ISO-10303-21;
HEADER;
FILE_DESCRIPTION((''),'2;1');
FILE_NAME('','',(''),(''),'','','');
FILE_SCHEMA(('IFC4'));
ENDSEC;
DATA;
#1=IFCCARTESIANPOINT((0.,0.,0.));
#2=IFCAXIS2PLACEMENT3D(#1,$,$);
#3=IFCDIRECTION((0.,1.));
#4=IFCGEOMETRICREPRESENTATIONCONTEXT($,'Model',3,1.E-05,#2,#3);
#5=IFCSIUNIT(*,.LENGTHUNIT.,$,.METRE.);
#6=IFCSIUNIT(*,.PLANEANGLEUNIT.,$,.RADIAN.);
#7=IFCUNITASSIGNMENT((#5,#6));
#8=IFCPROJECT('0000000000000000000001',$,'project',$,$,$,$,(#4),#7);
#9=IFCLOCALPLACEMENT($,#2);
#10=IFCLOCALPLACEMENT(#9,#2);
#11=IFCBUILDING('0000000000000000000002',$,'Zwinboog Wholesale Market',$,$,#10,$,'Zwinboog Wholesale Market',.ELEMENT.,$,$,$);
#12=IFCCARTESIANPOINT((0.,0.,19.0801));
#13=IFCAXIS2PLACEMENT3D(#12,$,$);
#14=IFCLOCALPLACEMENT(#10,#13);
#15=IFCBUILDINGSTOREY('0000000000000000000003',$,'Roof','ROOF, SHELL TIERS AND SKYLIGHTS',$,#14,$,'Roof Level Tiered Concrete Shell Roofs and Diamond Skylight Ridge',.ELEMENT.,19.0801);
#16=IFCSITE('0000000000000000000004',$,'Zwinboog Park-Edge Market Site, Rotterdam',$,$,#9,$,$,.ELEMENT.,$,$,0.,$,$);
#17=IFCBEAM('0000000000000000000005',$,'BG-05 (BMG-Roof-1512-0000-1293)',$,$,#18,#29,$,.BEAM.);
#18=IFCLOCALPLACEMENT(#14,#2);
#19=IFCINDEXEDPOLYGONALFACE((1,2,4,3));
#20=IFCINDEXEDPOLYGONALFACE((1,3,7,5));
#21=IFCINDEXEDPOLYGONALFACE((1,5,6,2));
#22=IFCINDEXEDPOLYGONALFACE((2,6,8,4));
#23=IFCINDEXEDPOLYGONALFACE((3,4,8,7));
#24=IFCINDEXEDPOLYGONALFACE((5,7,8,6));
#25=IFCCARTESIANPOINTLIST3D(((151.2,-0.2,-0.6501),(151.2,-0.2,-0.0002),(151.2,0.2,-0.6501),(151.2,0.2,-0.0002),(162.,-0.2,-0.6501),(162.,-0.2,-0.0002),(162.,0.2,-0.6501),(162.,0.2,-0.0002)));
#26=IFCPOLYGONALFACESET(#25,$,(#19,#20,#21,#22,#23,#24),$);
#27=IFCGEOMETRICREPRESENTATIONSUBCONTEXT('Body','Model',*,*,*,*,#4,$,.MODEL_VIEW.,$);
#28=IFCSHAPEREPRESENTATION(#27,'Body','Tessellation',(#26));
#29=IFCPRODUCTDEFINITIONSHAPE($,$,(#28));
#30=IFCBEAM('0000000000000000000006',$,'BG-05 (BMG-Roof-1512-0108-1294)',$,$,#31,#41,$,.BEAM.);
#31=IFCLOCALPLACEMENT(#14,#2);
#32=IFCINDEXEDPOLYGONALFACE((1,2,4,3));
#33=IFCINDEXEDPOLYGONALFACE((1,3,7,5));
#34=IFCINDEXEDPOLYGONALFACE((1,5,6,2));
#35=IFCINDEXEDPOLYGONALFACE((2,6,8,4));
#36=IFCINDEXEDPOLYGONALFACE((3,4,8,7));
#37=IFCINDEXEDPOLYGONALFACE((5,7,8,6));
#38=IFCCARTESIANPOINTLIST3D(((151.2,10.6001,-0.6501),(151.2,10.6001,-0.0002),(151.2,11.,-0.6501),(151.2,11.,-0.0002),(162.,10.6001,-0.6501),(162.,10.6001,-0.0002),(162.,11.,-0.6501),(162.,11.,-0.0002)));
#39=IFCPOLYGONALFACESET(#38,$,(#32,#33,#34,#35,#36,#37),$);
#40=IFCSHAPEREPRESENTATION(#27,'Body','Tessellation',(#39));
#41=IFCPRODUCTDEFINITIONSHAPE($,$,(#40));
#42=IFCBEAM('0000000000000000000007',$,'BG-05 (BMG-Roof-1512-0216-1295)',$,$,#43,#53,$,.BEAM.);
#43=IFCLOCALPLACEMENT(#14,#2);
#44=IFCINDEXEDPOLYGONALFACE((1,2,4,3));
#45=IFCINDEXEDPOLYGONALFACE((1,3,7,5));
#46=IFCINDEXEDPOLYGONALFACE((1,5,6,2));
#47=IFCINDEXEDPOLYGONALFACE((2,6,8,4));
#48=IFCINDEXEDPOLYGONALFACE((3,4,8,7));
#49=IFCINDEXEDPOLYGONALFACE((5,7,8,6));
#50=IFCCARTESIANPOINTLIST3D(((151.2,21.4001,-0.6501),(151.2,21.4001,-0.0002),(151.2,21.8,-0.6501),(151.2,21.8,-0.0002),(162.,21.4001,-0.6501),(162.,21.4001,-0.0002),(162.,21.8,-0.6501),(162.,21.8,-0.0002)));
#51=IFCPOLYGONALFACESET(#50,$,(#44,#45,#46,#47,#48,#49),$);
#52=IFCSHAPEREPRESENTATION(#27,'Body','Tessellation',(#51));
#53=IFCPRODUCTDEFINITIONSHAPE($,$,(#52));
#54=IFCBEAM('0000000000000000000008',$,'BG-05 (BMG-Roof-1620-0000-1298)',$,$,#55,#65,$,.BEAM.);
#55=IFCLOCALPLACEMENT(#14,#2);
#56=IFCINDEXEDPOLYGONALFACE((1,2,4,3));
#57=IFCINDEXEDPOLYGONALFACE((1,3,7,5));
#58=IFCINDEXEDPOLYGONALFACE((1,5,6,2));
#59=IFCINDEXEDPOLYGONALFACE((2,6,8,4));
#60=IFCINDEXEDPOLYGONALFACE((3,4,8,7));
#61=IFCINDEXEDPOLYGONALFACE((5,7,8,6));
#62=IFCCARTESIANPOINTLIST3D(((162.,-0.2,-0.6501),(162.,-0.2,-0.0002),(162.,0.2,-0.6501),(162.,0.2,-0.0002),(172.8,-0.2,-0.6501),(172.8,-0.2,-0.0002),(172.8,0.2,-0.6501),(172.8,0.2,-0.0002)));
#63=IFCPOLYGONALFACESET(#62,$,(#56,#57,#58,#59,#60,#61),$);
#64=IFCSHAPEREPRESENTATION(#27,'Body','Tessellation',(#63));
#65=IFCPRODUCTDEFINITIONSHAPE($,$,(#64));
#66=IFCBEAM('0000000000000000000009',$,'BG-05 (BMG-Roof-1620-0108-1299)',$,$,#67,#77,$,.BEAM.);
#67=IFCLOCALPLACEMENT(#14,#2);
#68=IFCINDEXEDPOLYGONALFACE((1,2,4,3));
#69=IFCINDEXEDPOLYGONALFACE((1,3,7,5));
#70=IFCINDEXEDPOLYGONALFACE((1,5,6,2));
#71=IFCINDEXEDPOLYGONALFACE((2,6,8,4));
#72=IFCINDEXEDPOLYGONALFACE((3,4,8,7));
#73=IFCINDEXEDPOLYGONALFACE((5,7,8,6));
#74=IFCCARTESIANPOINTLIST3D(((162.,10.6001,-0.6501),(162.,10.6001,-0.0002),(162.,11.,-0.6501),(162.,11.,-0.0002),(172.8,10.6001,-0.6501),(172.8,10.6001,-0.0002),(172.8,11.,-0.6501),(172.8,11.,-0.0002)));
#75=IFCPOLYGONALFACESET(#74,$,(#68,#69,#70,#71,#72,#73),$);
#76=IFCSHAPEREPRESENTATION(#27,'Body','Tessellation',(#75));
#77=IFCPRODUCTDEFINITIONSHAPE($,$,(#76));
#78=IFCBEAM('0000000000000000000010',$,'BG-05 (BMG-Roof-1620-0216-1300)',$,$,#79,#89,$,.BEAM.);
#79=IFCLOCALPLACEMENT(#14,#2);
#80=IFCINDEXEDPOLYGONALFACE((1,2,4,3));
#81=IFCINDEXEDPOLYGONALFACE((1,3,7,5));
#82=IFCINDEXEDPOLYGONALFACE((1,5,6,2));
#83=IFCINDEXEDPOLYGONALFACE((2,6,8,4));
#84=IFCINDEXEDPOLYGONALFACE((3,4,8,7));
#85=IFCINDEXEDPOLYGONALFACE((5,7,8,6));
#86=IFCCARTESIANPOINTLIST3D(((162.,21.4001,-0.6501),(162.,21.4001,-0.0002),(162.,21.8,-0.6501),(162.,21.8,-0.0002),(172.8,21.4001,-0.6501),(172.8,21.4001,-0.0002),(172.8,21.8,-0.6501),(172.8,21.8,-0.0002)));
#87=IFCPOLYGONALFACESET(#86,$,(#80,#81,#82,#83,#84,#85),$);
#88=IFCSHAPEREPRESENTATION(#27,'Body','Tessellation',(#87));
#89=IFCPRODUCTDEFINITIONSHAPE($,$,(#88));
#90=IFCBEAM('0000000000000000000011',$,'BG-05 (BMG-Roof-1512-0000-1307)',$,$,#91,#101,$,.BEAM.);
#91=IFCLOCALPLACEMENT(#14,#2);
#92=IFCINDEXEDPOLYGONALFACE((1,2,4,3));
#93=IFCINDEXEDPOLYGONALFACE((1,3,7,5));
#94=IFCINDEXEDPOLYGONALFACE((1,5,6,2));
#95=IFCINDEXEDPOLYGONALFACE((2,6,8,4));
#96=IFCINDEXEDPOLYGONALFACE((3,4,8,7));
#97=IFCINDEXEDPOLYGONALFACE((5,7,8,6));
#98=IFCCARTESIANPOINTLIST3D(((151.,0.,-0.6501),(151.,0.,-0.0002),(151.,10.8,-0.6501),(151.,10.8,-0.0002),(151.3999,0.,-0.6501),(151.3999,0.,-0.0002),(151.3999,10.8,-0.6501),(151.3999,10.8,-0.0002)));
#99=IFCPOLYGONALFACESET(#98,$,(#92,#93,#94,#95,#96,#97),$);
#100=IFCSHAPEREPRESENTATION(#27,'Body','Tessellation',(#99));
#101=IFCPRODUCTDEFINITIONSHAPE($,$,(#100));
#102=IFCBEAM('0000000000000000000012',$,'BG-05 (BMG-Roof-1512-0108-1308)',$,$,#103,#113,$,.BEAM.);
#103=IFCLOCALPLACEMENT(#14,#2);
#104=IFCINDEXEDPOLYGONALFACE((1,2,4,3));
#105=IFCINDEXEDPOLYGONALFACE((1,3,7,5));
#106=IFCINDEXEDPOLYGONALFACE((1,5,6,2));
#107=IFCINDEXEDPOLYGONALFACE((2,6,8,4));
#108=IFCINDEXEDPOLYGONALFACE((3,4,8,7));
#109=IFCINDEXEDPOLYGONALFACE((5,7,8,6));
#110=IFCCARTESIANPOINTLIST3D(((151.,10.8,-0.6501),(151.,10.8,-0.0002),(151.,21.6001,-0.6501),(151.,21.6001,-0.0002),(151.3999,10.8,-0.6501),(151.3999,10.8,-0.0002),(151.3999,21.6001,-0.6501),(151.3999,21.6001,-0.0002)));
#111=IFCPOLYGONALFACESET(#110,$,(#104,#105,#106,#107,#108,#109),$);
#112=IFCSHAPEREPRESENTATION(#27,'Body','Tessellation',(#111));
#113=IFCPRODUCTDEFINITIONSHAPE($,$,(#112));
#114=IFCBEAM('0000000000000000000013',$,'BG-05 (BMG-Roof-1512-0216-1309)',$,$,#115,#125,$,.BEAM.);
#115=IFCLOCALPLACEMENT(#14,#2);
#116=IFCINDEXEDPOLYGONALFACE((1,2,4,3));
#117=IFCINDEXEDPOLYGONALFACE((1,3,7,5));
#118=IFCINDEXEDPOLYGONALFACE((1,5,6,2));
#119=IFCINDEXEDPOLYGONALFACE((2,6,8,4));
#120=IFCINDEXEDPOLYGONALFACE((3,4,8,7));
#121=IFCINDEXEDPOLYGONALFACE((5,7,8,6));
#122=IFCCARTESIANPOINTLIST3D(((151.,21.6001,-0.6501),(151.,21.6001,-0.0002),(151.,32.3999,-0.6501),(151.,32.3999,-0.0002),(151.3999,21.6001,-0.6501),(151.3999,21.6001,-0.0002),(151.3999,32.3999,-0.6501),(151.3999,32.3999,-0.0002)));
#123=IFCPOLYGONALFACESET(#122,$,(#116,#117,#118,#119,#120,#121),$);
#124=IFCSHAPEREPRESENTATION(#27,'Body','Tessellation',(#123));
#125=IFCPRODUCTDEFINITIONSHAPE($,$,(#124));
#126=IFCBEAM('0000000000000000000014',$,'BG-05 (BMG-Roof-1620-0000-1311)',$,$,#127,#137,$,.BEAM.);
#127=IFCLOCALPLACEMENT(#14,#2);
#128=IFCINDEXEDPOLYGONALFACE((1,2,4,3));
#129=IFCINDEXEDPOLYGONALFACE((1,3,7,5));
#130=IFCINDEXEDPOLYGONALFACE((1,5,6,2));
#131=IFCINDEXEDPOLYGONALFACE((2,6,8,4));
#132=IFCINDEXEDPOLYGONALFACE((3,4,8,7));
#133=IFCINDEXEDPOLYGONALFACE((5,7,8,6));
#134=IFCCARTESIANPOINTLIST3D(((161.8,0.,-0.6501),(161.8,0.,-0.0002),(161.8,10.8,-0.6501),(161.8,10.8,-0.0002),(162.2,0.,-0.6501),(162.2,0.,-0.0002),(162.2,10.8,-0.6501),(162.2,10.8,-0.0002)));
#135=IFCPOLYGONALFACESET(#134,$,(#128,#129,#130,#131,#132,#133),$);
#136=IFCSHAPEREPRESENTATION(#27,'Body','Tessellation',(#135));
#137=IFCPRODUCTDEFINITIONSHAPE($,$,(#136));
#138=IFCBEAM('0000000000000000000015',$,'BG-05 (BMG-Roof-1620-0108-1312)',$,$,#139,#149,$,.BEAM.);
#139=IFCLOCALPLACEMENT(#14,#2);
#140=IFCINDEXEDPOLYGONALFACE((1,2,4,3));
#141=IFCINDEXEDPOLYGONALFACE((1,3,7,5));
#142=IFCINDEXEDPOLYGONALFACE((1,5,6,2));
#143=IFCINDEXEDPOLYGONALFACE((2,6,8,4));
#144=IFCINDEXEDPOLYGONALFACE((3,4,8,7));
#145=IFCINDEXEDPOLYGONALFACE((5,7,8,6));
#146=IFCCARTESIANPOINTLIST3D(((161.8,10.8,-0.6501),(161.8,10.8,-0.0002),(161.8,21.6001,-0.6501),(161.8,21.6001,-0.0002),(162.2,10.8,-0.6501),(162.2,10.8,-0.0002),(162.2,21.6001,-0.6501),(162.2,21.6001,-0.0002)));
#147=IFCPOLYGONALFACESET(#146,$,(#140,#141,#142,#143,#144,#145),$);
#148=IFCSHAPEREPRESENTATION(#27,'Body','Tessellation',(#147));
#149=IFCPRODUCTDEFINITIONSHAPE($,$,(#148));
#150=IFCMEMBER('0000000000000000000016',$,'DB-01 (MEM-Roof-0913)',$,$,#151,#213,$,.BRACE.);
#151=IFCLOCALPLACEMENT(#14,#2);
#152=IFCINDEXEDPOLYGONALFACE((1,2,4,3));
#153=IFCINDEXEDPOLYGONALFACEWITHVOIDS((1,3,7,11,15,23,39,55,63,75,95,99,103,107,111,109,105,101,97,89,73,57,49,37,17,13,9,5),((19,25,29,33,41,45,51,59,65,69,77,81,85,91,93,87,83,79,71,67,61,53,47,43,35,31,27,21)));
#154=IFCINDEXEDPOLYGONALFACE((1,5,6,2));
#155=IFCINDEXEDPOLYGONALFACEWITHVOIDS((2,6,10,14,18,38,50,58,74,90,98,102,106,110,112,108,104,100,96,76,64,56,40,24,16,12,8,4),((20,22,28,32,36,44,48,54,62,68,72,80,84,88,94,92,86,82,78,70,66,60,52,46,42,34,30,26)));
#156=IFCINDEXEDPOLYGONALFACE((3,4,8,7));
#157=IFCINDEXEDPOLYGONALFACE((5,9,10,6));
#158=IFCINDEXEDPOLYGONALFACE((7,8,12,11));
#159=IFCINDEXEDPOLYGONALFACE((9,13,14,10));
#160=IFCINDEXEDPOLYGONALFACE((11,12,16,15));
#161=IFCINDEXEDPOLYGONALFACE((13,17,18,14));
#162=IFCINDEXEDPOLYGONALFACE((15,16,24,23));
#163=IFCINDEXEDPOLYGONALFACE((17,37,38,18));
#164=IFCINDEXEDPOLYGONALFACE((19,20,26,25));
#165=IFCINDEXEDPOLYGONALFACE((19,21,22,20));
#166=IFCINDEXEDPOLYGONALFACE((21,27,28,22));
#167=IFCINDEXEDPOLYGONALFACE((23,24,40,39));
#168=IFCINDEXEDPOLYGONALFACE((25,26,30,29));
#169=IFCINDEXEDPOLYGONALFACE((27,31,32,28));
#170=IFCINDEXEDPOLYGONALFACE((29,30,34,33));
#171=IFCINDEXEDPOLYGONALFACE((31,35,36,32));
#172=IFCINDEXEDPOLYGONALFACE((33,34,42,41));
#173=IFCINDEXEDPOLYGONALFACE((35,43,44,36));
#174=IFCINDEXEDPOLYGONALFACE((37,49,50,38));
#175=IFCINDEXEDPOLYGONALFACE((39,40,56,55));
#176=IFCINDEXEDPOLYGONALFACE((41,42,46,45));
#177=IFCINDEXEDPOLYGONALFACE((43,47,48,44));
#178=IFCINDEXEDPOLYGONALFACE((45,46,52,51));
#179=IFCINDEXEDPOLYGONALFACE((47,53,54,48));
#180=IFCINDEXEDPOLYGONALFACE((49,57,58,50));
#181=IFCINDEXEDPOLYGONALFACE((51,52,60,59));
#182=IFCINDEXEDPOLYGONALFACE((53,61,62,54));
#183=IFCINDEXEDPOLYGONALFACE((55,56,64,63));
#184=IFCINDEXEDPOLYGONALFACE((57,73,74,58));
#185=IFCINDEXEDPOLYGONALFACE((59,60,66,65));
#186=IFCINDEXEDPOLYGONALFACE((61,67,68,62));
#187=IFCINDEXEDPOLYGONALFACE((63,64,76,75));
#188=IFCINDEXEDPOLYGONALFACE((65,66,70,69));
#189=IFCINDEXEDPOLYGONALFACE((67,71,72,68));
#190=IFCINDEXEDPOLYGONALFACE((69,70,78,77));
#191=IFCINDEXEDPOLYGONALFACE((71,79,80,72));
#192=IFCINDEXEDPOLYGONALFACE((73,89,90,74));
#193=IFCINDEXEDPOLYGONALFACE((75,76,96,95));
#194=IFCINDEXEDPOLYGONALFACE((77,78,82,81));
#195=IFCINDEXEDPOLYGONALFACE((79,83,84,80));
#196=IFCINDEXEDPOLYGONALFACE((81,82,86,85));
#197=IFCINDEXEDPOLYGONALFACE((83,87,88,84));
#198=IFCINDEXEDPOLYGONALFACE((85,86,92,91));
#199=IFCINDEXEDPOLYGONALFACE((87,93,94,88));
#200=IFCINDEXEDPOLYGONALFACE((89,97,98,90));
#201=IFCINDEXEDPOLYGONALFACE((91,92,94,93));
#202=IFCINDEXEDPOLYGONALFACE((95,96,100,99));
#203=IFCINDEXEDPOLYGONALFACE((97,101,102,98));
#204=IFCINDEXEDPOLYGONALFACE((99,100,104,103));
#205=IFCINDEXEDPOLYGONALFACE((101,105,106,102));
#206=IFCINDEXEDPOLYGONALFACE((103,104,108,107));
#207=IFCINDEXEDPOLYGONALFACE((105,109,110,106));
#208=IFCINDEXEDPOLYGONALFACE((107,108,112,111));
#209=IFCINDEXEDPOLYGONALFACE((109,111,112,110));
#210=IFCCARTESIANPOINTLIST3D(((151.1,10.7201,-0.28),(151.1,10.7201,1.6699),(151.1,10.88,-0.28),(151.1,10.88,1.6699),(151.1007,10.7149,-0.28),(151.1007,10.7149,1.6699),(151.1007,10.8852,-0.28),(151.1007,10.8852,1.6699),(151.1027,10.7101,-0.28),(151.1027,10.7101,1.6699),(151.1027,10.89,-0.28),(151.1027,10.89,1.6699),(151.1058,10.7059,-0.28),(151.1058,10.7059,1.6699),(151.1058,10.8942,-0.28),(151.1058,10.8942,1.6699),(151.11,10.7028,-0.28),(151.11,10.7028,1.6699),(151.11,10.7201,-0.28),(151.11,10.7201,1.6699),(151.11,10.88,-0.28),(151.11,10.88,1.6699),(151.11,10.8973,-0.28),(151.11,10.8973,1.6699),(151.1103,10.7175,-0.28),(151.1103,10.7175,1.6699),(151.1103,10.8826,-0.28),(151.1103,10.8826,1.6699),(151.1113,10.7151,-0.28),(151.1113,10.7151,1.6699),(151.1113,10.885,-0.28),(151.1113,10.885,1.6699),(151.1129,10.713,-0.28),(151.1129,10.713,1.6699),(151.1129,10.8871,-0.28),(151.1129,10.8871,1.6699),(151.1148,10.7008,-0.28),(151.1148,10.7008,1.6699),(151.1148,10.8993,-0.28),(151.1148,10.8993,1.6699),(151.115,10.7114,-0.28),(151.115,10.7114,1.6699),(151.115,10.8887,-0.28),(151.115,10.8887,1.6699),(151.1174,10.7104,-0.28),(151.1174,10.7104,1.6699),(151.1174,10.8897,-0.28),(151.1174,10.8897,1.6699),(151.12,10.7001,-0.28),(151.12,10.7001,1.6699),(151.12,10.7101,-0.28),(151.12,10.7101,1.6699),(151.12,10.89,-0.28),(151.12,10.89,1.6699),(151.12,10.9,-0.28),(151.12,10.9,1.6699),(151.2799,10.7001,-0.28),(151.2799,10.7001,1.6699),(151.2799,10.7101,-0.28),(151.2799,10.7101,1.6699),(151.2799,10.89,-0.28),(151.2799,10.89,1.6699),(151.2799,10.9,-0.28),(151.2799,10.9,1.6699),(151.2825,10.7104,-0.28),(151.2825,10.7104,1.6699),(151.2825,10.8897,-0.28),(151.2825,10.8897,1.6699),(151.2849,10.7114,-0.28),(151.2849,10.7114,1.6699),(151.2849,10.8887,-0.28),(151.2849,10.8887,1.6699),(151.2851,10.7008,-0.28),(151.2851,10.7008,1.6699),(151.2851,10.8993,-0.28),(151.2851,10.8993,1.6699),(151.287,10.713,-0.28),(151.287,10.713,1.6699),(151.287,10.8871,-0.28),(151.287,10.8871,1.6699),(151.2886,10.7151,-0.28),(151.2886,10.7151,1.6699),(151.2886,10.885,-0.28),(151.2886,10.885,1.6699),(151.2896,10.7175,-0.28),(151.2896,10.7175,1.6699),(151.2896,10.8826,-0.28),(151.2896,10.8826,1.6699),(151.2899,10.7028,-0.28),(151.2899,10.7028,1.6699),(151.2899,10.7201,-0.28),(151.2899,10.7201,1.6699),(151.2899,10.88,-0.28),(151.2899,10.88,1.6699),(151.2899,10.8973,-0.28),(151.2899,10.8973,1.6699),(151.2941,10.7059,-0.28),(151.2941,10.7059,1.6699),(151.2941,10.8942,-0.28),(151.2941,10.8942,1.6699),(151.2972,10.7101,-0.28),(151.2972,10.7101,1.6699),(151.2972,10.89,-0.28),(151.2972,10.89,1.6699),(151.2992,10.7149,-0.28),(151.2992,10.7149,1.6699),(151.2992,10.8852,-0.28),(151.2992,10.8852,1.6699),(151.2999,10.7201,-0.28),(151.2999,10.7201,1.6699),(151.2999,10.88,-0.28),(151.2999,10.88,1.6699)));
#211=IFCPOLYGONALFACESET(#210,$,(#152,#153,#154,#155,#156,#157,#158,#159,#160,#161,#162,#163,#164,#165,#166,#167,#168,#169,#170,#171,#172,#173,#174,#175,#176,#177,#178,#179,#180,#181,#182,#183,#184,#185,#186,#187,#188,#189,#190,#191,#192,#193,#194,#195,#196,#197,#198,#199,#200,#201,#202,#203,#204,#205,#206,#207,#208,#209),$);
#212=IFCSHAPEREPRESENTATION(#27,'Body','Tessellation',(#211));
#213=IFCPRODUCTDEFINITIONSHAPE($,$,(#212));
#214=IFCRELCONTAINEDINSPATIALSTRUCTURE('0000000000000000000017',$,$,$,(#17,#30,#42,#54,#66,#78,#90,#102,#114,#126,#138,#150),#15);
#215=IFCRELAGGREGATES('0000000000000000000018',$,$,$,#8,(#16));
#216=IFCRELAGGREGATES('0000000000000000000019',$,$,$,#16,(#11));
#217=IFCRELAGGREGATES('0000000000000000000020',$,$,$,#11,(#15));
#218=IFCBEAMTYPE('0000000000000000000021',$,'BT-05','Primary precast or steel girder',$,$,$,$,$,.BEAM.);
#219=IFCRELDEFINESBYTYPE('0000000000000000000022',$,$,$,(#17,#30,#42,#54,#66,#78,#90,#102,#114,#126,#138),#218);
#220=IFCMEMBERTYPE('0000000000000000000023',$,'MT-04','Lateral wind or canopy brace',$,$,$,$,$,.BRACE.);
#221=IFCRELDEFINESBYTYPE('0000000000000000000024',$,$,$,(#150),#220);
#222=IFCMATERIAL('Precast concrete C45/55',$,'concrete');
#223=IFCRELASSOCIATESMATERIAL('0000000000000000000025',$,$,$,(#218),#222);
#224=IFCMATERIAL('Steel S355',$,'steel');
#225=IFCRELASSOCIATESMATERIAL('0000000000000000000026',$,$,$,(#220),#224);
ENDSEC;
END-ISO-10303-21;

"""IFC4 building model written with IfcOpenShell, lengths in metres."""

from ifc_helpers import new_model, si_unit, direction, frame, origin, origin_2d, place, context, subcontext, project, spatial, rectangle, hollow_rectangle, extrude, material, material_profile, profile_set, type_object, element, save


model = new_model("IFC4")

# Units and contexts
model_context = context("Model", 3, precision=1e-05, world=origin(), true_north=direction((0.0, 1.0)))
body_context = subcontext(model_context, "Body", "Model", "MODEL_VIEW")
ifc_project = project(units=[si_unit("LENGTHUNIT", "METRE"), si_unit("PLANEANGLEUNIT", "RADIAN")], contexts=[model_context])

# Site, building, storey
site_placement = place(None, origin())
site = spatial("IfcSite", under=ifc_project, at=site_placement, Name="Zwinboog Park-Edge Market Site, Rotterdam", CompositionType="ELEMENT", RefElevation=0.0)
building_placement = place(site_placement, origin())
building = spatial("IfcBuilding", under=site, at=building_placement, Name="Zwinboog Wholesale Market", LongName="Zwinboog Wholesale Market", CompositionType="ELEMENT")
storey_placement = place(building_placement, frame((0.0, 0.0, 19.0801)))
storey = spatial("IfcBuildingStorey", under=building, at=storey_placement, Name="Roof", Description="ROOF, SHELL TIERS AND SKYLIGHTS", LongName="Roof Level Tiered Concrete Shell Roofs and Diamond Skylight Ridge", CompositionType="ELEMENT", Elevation=19.0801)

# Beams
ifc_material_1 = material(Name="Precast concrete C45/55", Category="concrete")
ifc_material_profile_1 = material_profile(ifc_material_1, rectangle(XDim=0.3999, YDim=0.6499, at=origin_2d()), Name="PC 400x650")
ifc_profile_set_1 = profile_set([ifc_material_profile_1], Name="Precast concrete C45/55")
beam_type = type_object("IfcBeamType", Name="BT-05", Description="Primary precast or steel girder", PredefinedType="BEAM", material=ifc_profile_set_1)
for number, where, z_axis, x_axis, name in (
    (1, (151.2, 0.0, -0.3252), (1.0, 0.0, 0.0), (0.0, 1.0, 0.0), "BG-05 (BMG-Roof-1512-0000-1293)"),
    (2, (151.2, 10.8, -0.3252), (1.0, 0.0, 0.0), (0.0, 1.0, 0.0), "BG-05 (BMG-Roof-1512-0108-1294)"),
    (3, (151.2, 21.6001, -0.3252), (1.0, 0.0, 0.0), (0.0, 1.0, 0.0), "BG-05 (BMG-Roof-1512-0216-1295)"),
    (4, (162.0, 0.0, -0.3252), (1.0, 0.0, 0.0), (0.0, 1.0, 0.0), "BG-05 (BMG-Roof-1620-0000-1298)"),
    (5, (162.0, 10.8, -0.3252), (1.0, 0.0, 0.0), (0.0, 1.0, 0.0), "BG-05 (BMG-Roof-1620-0108-1299)"),
    (6, (162.0, 21.6001, -0.3252), (1.0, 0.0, 0.0), (0.0, 1.0, 0.0), "BG-05 (BMG-Roof-1620-0216-1300)"),
    (7, (151.2, 0.0, -0.3252), (0.0, 1.0, 0.0), (-1.0, 0.0, 0.0), "BG-05 (BMG-Roof-1512-0000-1307)"),
    (8, (151.2, 10.8, -0.3252), (0.0, 1.0, 0.0), (-1.0, 0.0, 0.0), "BG-05 (BMG-Roof-1512-0108-1308)"),
):
    element("IfcBeam", number, at=place(storey_placement, frame(where, z_axis=z_axis, x_axis=x_axis)), inside=storey, type_object=beam_type, Name=name, PredefinedType="BEAM", context=body_context, shape_type="SweptSolid", body=[
        extrude(rectangle(XDim=0.3999, YDim=0.6499, at=origin_2d()), origin(), (0.0, 0.0, 1.0), 10.8),
    ])
beam_placement = place(storey_placement, frame((151.2, 21.6001, -0.3252), z_axis=(0.0, 1.0, 0.0), x_axis=(-1.0, 0.0, 0.0)))
element("IfcBeam", 9, at=beam_placement, inside=storey, type_object=beam_type, Name="BG-05 (BMG-Roof-1512-0216-1309)", PredefinedType="BEAM", context=body_context, shape_type="SweptSolid", body=[
    extrude(rectangle(XDim=0.3999, YDim=0.6499, at=origin_2d()), origin(), (0.0, 0.0, 1.0), 10.7998),
])
for number, where, z_axis, x_axis, name in (
    (10, (162.0, 0.0, -0.3252), (0.0, 1.0, 0.0), (-1.0, 0.0, 0.0), "BG-05 (BMG-Roof-1620-0000-1311)"),
    (11, (162.0, 10.8, -0.3252), (0.0, 1.0, 0.0), (-1.0, 0.0, 0.0), "BG-05 (BMG-Roof-1620-0108-1312)"),
):
    element("IfcBeam", number, at=place(storey_placement, frame(where, z_axis=z_axis, x_axis=x_axis)), inside=storey, type_object=beam_type, Name=name, PredefinedType="BEAM", context=body_context, shape_type="SweptSolid", body=[
        extrude(rectangle(XDim=0.3999, YDim=0.6499, at=origin_2d()), origin(), (0.0, 0.0, 1.0), 10.8),
    ])

# Member
ifc_material_2 = material(Name="Steel S355", Category="steel")
ifc_material_profile_2 = material_profile(ifc_material_2, hollow_rectangle(XDim=0.2, YDim=0.2, WallThickness=0.01, InnerFilletRadius=0.01, OuterFilletRadius=0.02, at=origin_2d()), Name="SHS 200x200x10")
ifc_profile_set_2 = profile_set([ifc_material_profile_2], Name="Steel S355")
member_type_1 = type_object("IfcMemberType", Name="MT-04", Description="Lateral wind or canopy brace", PredefinedType="BRACE", material=ifc_profile_set_2)
for number, where, z_axis, x_axis, name in (
    (12, (151.2, 10.8, -0.28), (0.0, 0.0, 1.0), (1.0, 0.0, 0.0), "DB-01 (MEM-Roof-0913)"),
):
    element("IfcMember", number, at=place(storey_placement, frame(where, z_axis=z_axis, x_axis=x_axis)), inside=storey, type_object=member_type_1, Name=name, PredefinedType="BRACE", context=body_context, shape_type="SweptSolid", body=[
        extrude(hollow_rectangle(XDim=0.2, YDim=0.2, WallThickness=0.01, InnerFilletRadius=0.01, OuterFilletRadius=0.02, at=origin_2d()), origin(), (0.0, 0.0, 1.0), 1.95),
    ])

save(model, "model.ifc")
